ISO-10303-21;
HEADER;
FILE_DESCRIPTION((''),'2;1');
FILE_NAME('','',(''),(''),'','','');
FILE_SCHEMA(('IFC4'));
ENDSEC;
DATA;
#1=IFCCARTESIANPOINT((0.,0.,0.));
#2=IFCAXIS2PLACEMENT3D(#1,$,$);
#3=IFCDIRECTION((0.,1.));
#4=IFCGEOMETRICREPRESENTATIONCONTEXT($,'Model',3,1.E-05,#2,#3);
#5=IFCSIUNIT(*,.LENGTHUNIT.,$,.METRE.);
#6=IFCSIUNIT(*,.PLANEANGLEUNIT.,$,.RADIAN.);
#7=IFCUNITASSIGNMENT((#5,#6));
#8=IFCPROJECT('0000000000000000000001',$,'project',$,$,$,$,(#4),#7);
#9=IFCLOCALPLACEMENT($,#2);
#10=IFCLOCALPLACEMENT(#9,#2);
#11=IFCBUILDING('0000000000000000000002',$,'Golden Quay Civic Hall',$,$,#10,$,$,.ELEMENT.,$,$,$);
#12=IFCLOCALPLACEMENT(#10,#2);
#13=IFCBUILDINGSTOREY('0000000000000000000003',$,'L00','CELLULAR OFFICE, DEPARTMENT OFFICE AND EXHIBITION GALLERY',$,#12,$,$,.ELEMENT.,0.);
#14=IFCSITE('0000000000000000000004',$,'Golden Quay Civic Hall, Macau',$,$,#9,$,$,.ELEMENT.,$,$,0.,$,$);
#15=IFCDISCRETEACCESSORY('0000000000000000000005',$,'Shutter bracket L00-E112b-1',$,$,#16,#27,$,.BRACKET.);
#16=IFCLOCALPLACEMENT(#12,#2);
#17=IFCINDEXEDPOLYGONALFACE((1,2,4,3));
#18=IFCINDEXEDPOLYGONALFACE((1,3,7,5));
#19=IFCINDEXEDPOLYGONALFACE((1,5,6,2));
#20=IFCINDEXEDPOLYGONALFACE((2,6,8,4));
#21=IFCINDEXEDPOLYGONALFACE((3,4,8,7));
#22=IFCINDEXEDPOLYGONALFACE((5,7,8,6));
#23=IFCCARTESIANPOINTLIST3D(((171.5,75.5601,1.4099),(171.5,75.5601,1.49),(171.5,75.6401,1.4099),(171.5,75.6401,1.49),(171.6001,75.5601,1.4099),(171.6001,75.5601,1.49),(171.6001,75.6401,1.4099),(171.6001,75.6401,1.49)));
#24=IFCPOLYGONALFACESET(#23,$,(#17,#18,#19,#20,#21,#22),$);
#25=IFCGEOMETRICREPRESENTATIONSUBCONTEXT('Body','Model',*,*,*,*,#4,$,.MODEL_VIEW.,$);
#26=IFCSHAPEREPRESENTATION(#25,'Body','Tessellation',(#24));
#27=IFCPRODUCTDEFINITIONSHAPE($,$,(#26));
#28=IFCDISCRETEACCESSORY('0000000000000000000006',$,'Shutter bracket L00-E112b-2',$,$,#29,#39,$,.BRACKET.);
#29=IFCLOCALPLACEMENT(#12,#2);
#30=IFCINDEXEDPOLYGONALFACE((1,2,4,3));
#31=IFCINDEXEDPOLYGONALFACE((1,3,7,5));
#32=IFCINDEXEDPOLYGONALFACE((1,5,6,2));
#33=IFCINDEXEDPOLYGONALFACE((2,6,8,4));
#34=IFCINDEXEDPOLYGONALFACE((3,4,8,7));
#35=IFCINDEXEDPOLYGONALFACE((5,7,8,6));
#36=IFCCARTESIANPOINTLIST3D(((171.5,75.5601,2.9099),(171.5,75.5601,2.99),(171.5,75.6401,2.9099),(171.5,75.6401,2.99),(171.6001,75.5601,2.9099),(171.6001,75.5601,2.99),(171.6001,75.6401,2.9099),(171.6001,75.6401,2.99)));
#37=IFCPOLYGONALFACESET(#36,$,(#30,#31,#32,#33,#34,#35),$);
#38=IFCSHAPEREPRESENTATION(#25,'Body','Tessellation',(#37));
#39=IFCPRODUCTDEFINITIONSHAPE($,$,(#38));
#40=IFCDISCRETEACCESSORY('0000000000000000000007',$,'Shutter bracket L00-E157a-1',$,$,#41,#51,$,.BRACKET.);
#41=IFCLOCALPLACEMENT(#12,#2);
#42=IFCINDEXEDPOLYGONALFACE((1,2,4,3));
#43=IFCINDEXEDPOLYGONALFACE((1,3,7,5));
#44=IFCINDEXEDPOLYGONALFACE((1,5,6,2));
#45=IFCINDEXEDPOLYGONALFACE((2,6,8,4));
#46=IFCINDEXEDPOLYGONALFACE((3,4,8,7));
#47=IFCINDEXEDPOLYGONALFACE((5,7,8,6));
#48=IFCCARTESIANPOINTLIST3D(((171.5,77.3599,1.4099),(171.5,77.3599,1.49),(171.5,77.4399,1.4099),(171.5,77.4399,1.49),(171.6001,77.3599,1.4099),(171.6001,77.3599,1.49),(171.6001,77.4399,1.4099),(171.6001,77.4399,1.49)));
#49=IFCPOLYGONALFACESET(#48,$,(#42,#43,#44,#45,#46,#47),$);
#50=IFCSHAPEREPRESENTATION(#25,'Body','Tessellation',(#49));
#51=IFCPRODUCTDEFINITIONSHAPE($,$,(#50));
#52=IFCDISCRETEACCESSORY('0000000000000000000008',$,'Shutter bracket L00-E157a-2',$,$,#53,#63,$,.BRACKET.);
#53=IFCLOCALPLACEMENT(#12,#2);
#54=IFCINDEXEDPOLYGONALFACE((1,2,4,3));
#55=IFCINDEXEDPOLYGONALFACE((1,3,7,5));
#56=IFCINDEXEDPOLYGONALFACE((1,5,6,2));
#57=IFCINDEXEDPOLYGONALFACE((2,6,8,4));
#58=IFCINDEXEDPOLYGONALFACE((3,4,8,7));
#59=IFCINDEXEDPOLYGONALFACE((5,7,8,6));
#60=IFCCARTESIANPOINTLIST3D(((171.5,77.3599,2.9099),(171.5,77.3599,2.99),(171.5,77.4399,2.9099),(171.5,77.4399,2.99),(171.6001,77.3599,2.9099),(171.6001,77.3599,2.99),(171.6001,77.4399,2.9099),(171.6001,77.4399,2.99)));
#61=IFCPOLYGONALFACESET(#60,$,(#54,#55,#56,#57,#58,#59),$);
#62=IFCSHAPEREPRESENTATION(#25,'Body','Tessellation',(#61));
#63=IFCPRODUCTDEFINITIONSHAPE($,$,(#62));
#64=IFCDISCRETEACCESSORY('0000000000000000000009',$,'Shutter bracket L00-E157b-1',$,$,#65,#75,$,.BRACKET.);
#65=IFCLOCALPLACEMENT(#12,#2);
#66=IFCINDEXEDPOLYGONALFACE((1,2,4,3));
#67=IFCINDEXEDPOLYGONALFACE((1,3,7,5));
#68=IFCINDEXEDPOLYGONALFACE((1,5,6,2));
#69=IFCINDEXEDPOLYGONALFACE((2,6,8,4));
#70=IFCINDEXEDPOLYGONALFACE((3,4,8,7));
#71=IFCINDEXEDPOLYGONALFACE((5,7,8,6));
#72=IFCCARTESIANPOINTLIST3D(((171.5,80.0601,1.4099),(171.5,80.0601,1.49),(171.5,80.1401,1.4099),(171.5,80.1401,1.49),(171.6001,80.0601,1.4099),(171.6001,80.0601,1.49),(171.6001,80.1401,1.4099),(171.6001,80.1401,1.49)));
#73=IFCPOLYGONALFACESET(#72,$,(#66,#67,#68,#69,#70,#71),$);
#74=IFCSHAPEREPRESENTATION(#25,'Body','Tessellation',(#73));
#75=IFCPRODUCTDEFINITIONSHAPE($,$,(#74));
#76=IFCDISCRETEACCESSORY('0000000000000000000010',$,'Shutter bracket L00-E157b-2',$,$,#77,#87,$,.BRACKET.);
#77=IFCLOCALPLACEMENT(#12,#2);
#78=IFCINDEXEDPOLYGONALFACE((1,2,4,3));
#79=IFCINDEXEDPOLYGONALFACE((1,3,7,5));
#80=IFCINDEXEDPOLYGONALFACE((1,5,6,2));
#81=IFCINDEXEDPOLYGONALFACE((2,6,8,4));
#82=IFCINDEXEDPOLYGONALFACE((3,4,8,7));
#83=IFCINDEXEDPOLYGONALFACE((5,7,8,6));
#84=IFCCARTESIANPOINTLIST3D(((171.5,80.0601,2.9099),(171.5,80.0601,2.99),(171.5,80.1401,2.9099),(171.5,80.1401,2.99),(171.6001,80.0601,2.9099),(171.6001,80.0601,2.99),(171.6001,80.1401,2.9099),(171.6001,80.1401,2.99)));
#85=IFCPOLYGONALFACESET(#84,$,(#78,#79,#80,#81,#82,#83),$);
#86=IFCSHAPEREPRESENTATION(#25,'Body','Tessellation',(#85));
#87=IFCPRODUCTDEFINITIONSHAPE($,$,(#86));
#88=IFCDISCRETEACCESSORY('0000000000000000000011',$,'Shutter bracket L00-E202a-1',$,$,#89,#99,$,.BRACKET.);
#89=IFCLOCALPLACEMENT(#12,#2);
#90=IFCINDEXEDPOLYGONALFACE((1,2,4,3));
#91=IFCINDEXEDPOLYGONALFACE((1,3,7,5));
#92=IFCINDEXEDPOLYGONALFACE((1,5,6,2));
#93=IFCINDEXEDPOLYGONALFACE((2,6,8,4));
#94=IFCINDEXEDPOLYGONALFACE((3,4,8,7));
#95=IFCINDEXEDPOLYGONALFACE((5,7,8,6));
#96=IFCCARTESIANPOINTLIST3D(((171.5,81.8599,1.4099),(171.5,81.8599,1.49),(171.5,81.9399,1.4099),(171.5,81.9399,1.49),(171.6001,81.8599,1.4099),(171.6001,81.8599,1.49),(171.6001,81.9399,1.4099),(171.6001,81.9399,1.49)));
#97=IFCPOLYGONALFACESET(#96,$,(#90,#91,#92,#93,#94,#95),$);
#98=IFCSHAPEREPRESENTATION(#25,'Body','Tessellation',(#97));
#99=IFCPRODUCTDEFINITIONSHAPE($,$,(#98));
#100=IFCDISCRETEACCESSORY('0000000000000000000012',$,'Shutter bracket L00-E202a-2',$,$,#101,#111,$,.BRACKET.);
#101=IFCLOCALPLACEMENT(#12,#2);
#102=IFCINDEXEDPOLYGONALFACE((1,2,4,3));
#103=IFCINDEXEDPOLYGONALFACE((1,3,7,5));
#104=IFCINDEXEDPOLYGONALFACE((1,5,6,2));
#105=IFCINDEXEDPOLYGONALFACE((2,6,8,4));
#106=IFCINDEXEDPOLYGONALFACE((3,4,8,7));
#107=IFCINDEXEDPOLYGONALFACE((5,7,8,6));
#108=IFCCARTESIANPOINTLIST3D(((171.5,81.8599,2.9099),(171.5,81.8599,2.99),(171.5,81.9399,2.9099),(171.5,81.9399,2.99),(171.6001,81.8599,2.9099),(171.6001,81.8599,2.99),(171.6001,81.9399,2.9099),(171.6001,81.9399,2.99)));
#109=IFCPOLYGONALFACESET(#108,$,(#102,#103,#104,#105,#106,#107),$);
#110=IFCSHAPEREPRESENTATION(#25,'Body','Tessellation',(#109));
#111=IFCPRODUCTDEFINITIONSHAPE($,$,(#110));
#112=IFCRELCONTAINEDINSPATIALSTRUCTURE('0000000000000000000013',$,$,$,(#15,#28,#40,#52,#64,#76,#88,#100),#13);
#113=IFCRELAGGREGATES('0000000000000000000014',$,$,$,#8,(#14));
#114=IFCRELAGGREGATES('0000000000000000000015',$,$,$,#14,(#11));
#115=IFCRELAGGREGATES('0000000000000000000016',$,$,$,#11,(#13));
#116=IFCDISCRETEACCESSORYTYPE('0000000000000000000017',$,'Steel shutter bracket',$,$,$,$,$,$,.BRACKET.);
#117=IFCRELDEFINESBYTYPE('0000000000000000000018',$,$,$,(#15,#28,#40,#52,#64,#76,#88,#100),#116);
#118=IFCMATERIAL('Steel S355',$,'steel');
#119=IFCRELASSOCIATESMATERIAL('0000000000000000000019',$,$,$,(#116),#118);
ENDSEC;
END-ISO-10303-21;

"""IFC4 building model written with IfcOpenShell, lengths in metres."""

from ifc_helpers import new_model, si_unit, direction, frame, origin, origin_2d, place, context, subcontext, project, spatial, rectangle, extrude, material, type_object, element, save


model = new_model("IFC4")

# Units and contexts
model_context = context("Model", 3, precision=1e-05, world=origin(), true_north=direction((0.0, 1.0)))
body_context = subcontext(model_context, "Body", "Model", "MODEL_VIEW")
ifc_project = project(units=[si_unit("LENGTHUNIT", "METRE"), si_unit("PLANEANGLEUNIT", "RADIAN")], contexts=[model_context])

# Site, building, storey
site_placement = place(None, origin())
site = spatial("IfcSite", under=ifc_project, at=site_placement, Name="Golden Quay Civic Hall, Macau", CompositionType="ELEMENT", RefElevation=0.0)
building_placement = place(site_placement, origin())
building = spatial("IfcBuilding", under=site, at=building_placement, Name="Golden Quay Civic Hall", CompositionType="ELEMENT")
storey_placement = place(building_placement, origin())
storey = spatial("IfcBuildingStorey", under=building, at=storey_placement, Name="L00", Description="CELLULAR OFFICE, DEPARTMENT OFFICE AND EXHIBITION GALLERY", CompositionType="ELEMENT", Elevation=0.0)

# Discrete accessories
ifc_material_1 = material(Name="Steel S355", Category="steel")
discrete_accessory_type = type_object("IfcDiscreteAccessoryType", Name="Steel shutter bracket", PredefinedType="BRACKET", material=ifc_material_1)
for number, where, z_axis, x_axis, name in (
    (1, (171.55, 75.6001, 1.4099), (0.0, 0.0, 1.0), (1.0, 0.0, 0.0), "Shutter bracket L00-E112b-1"),
    (2, (171.55, 75.6001, 2.9099), (0.0, 0.0, 1.0), (1.0, 0.0, 0.0), "Shutter bracket L00-E112b-2"),
    (3, (171.55, 77.3999, 1.4099), (0.0, 0.0, 1.0), (1.0, 0.0, 0.0), "Shutter bracket L00-E157a-1"),
    (4, (171.55, 77.3999, 2.9099), (0.0, 0.0, 1.0), (1.0, 0.0, 0.0), "Shutter bracket L00-E157a-2"),
    (5, (171.55, 80.1001, 1.4099), (0.0, 0.0, 1.0), (1.0, 0.0, 0.0), "Shutter bracket L00-E157b-1"),
    (6, (171.55, 80.1001, 2.9099), (0.0, 0.0, 1.0), (1.0, 0.0, 0.0), "Shutter bracket L00-E157b-2"),
    (7, (171.55, 81.8999, 1.4099), (0.0, 0.0, 1.0), (1.0, 0.0, 0.0), "Shutter bracket L00-E202a-1"),
    (8, (171.55, 81.8999, 2.9099), (0.0, 0.0, 1.0), (1.0, 0.0, 0.0), "Shutter bracket L00-E202a-2"),
):
    element("IfcDiscreteAccessory", number, at=place(storey_placement, frame(where, z_axis=z_axis, x_axis=x_axis)), inside=storey, type_object=discrete_accessory_type, Name=name, PredefinedType="BRACKET", context=body_context, shape_type="SweptSolid", body=[
        extrude(rectangle(XDim=0.1001, YDim=0.0801, at=origin_2d()), origin(), (0.0, 0.0, 1.0), 0.0801),
    ])

save(model, "model.ifc")
